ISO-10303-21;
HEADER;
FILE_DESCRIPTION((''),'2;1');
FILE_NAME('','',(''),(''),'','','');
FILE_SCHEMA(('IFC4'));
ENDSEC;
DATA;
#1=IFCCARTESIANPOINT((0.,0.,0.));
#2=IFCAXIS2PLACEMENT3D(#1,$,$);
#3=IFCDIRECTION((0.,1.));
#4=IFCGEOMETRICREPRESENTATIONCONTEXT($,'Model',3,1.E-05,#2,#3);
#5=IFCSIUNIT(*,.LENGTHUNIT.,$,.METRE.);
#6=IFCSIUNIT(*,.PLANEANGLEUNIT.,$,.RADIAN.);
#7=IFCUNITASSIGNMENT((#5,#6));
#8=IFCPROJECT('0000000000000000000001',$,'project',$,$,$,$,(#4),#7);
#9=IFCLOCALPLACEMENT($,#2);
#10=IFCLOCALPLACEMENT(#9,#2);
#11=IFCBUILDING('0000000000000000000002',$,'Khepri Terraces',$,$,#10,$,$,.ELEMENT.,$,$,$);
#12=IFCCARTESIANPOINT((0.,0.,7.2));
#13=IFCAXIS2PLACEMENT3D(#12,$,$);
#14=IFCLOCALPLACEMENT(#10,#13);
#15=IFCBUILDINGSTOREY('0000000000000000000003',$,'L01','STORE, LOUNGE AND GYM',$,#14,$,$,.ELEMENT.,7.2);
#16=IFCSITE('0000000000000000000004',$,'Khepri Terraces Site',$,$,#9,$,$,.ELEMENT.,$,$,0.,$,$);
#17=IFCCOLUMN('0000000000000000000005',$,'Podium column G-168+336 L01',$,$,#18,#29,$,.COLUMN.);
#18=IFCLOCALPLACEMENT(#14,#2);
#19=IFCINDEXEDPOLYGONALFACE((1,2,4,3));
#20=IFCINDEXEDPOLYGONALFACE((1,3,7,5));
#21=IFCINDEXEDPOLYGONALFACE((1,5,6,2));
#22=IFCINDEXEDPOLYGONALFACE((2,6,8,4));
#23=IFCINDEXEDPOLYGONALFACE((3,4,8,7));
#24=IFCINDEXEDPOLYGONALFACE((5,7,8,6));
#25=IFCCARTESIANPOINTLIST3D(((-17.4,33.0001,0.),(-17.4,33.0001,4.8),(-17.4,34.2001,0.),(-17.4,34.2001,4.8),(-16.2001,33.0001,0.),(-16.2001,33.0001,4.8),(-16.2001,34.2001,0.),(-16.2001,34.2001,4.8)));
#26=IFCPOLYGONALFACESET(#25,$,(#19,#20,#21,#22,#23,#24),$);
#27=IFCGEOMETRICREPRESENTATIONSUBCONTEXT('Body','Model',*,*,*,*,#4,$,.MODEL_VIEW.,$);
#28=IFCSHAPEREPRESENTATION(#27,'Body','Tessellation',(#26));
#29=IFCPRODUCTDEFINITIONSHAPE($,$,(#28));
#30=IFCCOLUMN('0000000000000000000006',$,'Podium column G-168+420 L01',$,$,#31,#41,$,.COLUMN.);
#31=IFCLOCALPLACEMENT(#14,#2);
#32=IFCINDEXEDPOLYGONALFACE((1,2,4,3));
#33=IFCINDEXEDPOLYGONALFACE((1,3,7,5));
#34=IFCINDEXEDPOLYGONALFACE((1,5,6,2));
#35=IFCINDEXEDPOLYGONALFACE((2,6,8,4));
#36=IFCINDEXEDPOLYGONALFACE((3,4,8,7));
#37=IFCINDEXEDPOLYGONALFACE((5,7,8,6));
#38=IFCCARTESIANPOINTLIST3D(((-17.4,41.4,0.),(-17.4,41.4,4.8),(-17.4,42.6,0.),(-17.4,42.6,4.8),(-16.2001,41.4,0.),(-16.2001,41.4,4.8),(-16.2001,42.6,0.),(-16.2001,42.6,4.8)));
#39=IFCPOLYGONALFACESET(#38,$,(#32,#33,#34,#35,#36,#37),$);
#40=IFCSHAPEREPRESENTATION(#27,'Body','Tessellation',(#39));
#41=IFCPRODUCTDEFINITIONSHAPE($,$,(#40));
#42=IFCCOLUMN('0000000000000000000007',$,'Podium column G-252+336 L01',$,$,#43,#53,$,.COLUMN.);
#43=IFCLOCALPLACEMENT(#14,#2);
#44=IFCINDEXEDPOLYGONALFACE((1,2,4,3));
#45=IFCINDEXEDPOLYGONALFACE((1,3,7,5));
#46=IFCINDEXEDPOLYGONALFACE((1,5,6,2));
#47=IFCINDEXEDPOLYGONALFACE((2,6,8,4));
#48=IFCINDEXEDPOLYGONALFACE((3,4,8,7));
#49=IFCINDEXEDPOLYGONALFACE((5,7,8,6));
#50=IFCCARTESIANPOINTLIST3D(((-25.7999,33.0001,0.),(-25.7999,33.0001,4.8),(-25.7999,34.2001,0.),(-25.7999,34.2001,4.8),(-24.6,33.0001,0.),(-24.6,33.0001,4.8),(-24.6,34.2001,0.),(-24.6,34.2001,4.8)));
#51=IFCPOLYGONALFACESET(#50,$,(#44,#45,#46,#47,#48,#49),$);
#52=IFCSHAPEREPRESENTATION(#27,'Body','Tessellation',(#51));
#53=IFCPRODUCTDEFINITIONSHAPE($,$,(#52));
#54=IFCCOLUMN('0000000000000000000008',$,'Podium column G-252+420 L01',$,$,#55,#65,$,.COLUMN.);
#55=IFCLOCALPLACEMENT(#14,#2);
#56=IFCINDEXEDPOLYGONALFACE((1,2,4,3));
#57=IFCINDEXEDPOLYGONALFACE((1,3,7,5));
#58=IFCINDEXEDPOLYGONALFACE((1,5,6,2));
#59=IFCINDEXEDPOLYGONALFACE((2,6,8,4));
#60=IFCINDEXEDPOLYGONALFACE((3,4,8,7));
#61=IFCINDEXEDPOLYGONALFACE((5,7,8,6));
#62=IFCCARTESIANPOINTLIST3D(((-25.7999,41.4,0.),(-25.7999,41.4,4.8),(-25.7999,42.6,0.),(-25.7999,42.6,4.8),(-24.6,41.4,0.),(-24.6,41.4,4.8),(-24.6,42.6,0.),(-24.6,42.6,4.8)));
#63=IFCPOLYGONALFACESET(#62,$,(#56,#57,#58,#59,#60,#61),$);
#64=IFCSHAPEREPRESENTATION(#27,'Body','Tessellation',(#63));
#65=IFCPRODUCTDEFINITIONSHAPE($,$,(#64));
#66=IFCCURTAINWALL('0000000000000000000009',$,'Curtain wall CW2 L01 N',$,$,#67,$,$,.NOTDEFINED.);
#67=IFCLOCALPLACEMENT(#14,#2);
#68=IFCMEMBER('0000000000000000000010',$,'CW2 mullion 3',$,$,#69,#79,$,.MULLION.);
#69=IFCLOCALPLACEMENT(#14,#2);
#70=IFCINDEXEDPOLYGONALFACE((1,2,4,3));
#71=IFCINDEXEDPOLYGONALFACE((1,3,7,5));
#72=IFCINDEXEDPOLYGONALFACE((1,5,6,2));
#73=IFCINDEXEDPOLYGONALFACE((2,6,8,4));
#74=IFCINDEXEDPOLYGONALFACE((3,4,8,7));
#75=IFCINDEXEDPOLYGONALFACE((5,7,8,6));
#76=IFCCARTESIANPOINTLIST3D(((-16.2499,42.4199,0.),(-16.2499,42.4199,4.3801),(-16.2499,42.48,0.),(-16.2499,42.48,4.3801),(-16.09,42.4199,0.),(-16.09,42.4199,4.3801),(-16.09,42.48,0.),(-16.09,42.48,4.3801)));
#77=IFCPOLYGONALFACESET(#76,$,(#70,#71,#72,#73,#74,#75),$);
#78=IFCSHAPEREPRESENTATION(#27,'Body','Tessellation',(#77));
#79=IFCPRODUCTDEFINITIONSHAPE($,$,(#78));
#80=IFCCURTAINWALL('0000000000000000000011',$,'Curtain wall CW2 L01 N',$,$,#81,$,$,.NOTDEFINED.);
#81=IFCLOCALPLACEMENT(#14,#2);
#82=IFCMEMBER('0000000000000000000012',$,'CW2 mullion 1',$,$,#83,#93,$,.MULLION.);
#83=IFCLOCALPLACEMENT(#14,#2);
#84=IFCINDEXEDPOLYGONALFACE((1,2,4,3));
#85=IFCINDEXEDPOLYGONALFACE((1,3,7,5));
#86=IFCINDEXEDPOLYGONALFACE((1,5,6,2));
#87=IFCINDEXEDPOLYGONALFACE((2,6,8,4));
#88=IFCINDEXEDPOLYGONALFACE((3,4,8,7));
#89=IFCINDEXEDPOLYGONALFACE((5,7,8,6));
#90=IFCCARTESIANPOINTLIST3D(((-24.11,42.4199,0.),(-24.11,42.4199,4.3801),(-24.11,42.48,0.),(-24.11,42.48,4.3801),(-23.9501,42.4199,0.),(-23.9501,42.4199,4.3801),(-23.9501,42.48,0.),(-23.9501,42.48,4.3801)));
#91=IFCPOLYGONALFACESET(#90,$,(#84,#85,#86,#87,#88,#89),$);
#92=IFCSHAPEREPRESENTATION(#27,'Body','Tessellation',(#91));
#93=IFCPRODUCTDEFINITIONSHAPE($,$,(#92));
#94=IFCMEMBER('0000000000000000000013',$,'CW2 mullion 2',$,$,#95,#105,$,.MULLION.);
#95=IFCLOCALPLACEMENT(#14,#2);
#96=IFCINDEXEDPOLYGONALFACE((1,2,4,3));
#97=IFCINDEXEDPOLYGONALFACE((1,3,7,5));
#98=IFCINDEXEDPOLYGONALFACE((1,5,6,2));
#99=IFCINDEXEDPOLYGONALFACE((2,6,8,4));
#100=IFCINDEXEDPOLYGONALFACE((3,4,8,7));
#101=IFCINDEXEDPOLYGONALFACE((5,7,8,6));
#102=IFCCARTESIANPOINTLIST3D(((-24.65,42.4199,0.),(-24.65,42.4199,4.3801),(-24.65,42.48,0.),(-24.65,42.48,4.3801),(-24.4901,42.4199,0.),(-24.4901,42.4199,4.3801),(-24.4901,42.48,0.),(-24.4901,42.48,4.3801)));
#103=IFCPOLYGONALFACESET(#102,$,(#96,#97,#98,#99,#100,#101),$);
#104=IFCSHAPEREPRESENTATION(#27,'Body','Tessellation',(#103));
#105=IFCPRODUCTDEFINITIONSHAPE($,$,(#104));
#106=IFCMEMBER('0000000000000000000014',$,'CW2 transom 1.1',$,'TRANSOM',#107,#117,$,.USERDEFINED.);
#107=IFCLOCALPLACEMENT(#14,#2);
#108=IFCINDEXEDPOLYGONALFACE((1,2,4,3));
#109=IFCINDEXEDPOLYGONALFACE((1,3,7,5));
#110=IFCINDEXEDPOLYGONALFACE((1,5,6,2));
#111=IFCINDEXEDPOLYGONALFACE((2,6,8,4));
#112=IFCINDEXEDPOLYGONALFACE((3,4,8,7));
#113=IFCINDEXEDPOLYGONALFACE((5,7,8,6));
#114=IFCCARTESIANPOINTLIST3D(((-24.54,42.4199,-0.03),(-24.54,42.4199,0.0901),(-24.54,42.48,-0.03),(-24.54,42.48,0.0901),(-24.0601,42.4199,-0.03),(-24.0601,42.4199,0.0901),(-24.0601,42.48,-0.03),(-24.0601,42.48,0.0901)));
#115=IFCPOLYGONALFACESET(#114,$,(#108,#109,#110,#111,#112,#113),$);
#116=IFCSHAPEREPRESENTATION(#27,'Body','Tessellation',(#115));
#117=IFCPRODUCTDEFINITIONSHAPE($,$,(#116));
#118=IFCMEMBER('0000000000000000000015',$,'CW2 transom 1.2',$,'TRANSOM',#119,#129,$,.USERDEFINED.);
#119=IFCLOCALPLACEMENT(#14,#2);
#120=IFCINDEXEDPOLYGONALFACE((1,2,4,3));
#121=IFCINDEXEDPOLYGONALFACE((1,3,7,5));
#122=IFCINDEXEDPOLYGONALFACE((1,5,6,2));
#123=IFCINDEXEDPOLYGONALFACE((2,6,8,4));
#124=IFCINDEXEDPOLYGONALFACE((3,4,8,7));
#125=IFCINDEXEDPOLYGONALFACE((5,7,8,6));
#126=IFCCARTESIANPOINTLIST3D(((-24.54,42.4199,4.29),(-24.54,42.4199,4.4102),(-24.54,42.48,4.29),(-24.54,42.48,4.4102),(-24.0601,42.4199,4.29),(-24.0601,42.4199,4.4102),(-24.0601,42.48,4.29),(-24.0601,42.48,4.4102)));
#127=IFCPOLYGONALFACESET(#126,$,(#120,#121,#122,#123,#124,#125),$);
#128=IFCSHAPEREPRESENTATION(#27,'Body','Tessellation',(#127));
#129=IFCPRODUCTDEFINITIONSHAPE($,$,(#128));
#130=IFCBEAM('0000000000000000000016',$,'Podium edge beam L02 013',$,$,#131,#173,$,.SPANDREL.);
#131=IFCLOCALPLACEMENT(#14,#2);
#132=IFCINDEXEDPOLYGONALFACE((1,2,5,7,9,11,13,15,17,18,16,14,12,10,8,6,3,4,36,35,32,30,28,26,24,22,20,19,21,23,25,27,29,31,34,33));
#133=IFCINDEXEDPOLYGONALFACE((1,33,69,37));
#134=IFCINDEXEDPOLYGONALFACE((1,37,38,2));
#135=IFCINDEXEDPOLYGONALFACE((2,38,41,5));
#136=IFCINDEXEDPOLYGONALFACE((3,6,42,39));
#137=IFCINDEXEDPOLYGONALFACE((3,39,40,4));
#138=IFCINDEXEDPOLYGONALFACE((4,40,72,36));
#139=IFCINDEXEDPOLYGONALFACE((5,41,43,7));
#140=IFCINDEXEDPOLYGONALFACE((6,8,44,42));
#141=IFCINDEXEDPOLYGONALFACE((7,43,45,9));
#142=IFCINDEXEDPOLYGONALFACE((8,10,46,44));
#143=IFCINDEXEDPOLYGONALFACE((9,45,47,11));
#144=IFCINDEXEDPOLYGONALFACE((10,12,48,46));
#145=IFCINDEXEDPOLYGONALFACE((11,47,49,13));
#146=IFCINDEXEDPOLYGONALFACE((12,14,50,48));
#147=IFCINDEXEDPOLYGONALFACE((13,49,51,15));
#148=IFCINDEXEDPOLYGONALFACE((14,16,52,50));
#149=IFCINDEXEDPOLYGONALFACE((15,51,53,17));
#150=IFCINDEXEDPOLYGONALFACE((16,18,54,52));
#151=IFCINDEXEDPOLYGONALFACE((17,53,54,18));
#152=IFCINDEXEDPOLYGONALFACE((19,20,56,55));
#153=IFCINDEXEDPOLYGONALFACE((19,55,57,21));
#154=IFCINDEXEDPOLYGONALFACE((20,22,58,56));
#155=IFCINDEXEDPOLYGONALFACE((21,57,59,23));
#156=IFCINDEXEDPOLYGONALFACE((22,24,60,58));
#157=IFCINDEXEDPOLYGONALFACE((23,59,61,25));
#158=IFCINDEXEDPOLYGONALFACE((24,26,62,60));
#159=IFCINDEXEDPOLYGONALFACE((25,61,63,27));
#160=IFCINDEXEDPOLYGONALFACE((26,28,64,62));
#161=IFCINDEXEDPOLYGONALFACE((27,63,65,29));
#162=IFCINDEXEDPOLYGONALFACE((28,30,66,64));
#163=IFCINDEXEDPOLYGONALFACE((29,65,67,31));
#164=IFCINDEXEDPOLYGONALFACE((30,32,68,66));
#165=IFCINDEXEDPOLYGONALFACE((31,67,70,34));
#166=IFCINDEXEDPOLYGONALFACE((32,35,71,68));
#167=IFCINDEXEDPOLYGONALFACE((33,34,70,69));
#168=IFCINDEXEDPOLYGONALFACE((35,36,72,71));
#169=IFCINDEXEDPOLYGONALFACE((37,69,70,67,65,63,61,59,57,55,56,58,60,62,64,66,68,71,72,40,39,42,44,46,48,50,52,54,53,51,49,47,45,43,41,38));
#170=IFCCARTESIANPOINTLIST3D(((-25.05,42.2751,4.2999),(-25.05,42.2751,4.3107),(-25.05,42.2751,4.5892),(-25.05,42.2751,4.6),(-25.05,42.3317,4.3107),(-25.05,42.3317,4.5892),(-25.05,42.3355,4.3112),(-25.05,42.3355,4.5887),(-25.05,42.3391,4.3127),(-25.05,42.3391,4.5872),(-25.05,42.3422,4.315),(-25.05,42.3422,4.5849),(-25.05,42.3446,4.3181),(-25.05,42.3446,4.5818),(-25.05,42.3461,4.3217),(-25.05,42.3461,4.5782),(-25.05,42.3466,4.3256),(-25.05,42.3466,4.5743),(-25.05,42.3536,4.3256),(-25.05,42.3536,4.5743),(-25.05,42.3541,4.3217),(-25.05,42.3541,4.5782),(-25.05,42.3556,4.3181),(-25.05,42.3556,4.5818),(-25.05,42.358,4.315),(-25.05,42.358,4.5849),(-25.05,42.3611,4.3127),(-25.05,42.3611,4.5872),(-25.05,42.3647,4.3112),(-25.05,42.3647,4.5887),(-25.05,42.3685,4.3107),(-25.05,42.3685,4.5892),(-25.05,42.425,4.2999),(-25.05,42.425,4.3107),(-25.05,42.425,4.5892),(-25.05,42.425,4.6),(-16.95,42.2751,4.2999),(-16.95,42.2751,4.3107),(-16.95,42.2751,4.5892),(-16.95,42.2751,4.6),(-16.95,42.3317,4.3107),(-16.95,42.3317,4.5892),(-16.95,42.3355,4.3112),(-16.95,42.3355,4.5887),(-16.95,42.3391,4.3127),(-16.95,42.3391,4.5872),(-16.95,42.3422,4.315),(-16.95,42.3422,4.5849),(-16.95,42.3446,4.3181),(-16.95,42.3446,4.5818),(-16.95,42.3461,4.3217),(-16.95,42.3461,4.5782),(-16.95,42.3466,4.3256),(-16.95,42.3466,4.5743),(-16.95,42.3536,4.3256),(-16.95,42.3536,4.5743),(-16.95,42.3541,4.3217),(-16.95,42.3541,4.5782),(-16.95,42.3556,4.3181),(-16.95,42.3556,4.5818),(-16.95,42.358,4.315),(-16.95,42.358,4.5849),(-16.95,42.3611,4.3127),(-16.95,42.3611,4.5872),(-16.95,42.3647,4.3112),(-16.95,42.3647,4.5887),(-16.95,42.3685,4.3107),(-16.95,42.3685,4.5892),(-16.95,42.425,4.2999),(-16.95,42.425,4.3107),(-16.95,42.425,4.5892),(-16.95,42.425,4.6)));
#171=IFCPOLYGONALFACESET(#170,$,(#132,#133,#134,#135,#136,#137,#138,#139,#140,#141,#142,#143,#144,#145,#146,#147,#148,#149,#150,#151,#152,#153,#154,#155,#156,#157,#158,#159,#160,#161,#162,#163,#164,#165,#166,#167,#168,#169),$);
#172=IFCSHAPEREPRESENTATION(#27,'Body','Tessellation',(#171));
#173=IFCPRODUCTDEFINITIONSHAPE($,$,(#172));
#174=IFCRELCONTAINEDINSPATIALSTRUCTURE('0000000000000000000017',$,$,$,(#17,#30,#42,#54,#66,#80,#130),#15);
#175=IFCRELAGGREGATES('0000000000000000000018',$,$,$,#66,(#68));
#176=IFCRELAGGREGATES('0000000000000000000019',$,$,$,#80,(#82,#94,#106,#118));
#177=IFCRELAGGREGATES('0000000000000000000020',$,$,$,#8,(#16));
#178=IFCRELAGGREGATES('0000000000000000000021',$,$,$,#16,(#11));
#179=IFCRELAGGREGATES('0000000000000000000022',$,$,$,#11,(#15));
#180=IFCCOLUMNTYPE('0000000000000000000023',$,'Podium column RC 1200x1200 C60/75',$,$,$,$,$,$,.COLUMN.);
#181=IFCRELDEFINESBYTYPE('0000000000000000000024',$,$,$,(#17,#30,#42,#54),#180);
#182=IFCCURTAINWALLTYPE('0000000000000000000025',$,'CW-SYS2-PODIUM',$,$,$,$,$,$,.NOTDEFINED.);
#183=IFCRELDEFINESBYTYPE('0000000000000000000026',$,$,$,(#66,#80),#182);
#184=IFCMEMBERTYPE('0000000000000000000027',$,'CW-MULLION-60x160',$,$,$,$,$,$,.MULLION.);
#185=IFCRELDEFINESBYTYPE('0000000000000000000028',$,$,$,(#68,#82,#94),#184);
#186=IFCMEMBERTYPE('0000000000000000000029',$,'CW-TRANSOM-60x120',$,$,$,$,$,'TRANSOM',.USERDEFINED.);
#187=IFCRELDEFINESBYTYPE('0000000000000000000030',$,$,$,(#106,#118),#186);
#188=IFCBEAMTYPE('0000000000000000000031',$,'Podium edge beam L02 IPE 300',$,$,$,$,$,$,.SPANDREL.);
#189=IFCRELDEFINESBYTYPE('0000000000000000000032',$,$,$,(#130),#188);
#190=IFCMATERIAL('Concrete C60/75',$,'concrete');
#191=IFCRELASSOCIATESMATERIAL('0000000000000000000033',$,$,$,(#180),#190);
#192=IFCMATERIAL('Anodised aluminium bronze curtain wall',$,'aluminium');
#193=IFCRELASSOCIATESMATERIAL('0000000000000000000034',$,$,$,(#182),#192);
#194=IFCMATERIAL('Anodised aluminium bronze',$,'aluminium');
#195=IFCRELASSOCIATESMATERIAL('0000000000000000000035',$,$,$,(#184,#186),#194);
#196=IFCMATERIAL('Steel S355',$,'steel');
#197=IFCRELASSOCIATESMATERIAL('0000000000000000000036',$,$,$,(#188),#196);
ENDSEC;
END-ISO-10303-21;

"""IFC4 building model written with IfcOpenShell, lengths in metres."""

from ifc_helpers import new_model, si_unit, direction, frame, origin, origin_2d, place, context, subcontext, project, spatial, rectangle, i_section, extrude, material, material_profile, profile_set, type_object, element, aggregate, save


model = new_model("IFC4")

# Units and contexts
model_context = context("Model", 3, precision=1e-05, world=origin(), true_north=direction((0.0, 1.0)))
body_context = subcontext(model_context, "Body", "Model", "MODEL_VIEW")
ifc_project = project(units=[si_unit("LENGTHUNIT", "METRE"), si_unit("PLANEANGLEUNIT", "RADIAN")], contexts=[model_context])

# Site, building, storey
site_placement = place(None, origin())
site = spatial("IfcSite", under=ifc_project, at=site_placement, Name="Khepri Terraces Site", CompositionType="ELEMENT", RefElevation=0.0)
building_placement = place(site_placement, origin())
building = spatial("IfcBuilding", under=site, at=building_placement, Name="Khepri Terraces", CompositionType="ELEMENT")
storey_placement = place(building_placement, frame((0.0, 0.0, 7.2)))
storey = spatial("IfcBuildingStorey", under=building, at=storey_placement, Name="L01", Description="STORE, LOUNGE AND GYM", CompositionType="ELEMENT", Elevation=7.2)

# Columns
ifc_material_1 = material(Name="Concrete C60/75", Category="concrete")
ifc_material_profile_1 = material_profile(ifc_material_1, rectangle(XDim=1.2, YDim=1.2, at=origin_2d()), Name="Concrete C60/75", Category="concrete")
ifc_profile_set_1 = profile_set([ifc_material_profile_1], Name="Concrete C60/75")
column_type = type_object("IfcColumnType", Name="Podium column RC 1200x1200 C60/75", PredefinedType="COLUMN", material=ifc_profile_set_1)
for number, where, z_axis, x_axis, name in (
    (1, (-16.8, 33.6001, 0.0), (0.0, 0.0, 1.0), (1.0, 0.0, 0.0), "Podium column G-168+336 L01"),
    (2, (-16.8, 42.0, 0.0), (0.0, 0.0, 1.0), (1.0, 0.0, 0.0), "Podium column G-168+420 L01"),
    (3, (-25.2, 33.6001, 0.0), (0.0, 0.0, 1.0), (1.0, 0.0, 0.0), "Podium column G-252+336 L01"),
    (4, (-25.2, 42.0, 0.0), (0.0, 0.0, 1.0), (1.0, 0.0, 0.0), "Podium column G-252+420 L01"),
):
    element("IfcColumn", number, at=place(storey_placement, frame(where, z_axis=z_axis, x_axis=x_axis)), inside=storey, type_object=column_type, Name=name, PredefinedType="COLUMN", context=body_context, shape_type="SweptSolid", body=[
        extrude(rectangle(XDim=1.2, YDim=1.2, at=origin_2d()), origin(), (0.0, 0.0, 1.0), 4.8),
    ])

# Curtain wall, member
ifc_material_2 = material(Name="Anodised aluminium bronze curtain wall", Category="aluminium")
curtain_wall_type = type_object("IfcCurtainWallType", Name="CW-SYS2-PODIUM", PredefinedType="NOTDEFINED", material=ifc_material_2)
curtain_wall_1_placement = place(storey_placement, origin())
curtain_wall_1 = element("IfcCurtainWall", 5, at=curtain_wall_1_placement, inside=storey, type_object=curtain_wall_type, Name="Curtain wall CW2 L01 N", PredefinedType="NOTDEFINED")
ifc_material_3 = material(Name="Anodised aluminium bronze", Category="aluminium")
ifc_material_profile_2 = material_profile(ifc_material_3, rectangle(XDim=0.0601, YDim=0.1599, at=origin_2d()), Name="Anodised aluminium bronze", Category="aluminium")
ifc_profile_set_2 = profile_set([ifc_material_profile_2], Name="Anodised aluminium bronze")
member_type_1 = type_object("IfcMemberType", Name="CW-MULLION-60x160", PredefinedType="MULLION", material=ifc_profile_set_2)
member_1_placement = place(storey_placement, frame((-16.1699, 42.45, 0.0), z_axis=(0.0, 0.0, 1.0), x_axis=(0.0, -1.0, 0.0)))
member_1 = element("IfcMember", 6, at=member_1_placement, type_object=member_type_1, Name="CW2 mullion 3", PredefinedType="MULLION", context=body_context, shape_type="SweptSolid", body=[
    extrude(rectangle(XDim=0.0601, YDim=0.1599, at=origin_2d()), origin(), (0.0, 0.0, 1.0), 4.3801),
])

# Curtain wall, members
curtain_wall_2_placement = place(storey_placement, origin())
curtain_wall_2 = element("IfcCurtainWall", 7, at=curtain_wall_2_placement, inside=storey, type_object=curtain_wall_type, Name="Curtain wall CW2 L01 N", PredefinedType="NOTDEFINED")
member_2_placement = place(storey_placement, frame((-24.03, 42.45, 0.0), z_axis=(0.0, 0.0, 1.0), x_axis=(0.0, -1.0, 0.0)))
member_2 = element("IfcMember", 8, at=member_2_placement, type_object=member_type_1, Name="CW2 mullion 1", PredefinedType="MULLION", context=body_context, shape_type="SweptSolid", body=[
    extrude(rectangle(XDim=0.0601, YDim=0.1599, at=origin_2d()), origin(), (0.0, 0.0, 1.0), 4.3801),
])
member_3_placement = place(storey_placement, frame((-24.5701, 42.45, 0.0), z_axis=(0.0, 0.0, 1.0), x_axis=(0.0, -1.0, 0.0)))
member_3 = element("IfcMember", 9, at=member_3_placement, type_object=member_type_1, Name="CW2 mullion 2", PredefinedType="MULLION", context=body_context, shape_type="SweptSolid", body=[
    extrude(rectangle(XDim=0.0601, YDim=0.1599, at=origin_2d()), origin(), (0.0, 0.0, 1.0), 4.3801),
])
ifc_material_profile_3 = material_profile(ifc_material_3, rectangle(XDim=0.0601, YDim=0.1201, at=origin_2d()), Name="Anodised aluminium bronze", Category="aluminium")
ifc_profile_set_3 = profile_set([ifc_material_profile_3], Name="Anodised aluminium bronze")
member_type_2 = type_object("IfcMemberType", Name="CW-TRANSOM-60x120", ElementType="TRANSOM", PredefinedType="USERDEFINED", material=ifc_profile_set_3)
member_4_placement = place(storey_placement, frame((-24.0601, 42.45, 0.03), z_axis=(-1.0, 0.0, 0.0), x_axis=(0.0, -1.0, 0.0)))
member_4 = element("IfcMember", 10, at=member_4_placement, type_object=member_type_2, Name="CW2 transom 1.1", ObjectType="TRANSOM", PredefinedType="USERDEFINED", context=body_context, shape_type="SweptSolid", body=[
    extrude(rectangle(XDim=0.0601, YDim=0.1201, at=origin_2d()), origin(), (0.0, 0.0, 1.0), 0.48),
])
member_5_placement = place(storey_placement, frame((-24.0601, 42.45, 4.3501), z_axis=(-1.0, 0.0, 0.0), x_axis=(0.0, -1.0, 0.0)))
member_5 = element("IfcMember", 11, at=member_5_placement, type_object=member_type_2, Name="CW2 transom 1.2", ObjectType="TRANSOM", PredefinedType="USERDEFINED", context=body_context, shape_type="SweptSolid", body=[
    extrude(rectangle(XDim=0.0601, YDim=0.1201, at=origin_2d()), origin(), (0.0, 0.0, 1.0), 0.48),
])

# Beam
ifc_material_4 = material(Name="Steel S355", Category="steel")
ifc_material_profile_4 = material_profile(ifc_material_4, i_section(OverallWidth=0.1499, OverallDepth=0.3, WebThickness=0.0071, FlangeThickness=0.0107, FilletRadius=0.0149, at=origin_2d()), Name="Steel S355", Category="steel")
ifc_profile_set_4 = profile_set([ifc_material_profile_4], Name="Steel S355")
beam_type_1 = type_object("IfcBeamType", Name="Podium edge beam L02 IPE 300", PredefinedType="SPANDREL", material=ifc_profile_set_4)
beam_1_placement = place(storey_placement, frame((-25.05, 42.3501, 4.45), z_axis=(1.0, 0.0, 0.0), x_axis=(0.0, 1.0, 0.0)))
element("IfcBeam", 12, at=beam_1_placement, inside=storey, type_object=beam_type_1, Name="Podium edge beam L02 013", PredefinedType="SPANDREL", context=body_context, shape_type="SweptSolid", body=[
    extrude(i_section(OverallWidth=0.1499, OverallDepth=0.3, WebThickness=0.0071, FlangeThickness=0.0107, FilletRadius=0.0149, at=origin_2d()), origin(), (0.0, 0.0, 1.0), 8.1001),
])

aggregate(curtain_wall_1, [member_1])
aggregate(curtain_wall_2, [member_2, member_3, member_4, member_5])

save(model, "model.ifc")
